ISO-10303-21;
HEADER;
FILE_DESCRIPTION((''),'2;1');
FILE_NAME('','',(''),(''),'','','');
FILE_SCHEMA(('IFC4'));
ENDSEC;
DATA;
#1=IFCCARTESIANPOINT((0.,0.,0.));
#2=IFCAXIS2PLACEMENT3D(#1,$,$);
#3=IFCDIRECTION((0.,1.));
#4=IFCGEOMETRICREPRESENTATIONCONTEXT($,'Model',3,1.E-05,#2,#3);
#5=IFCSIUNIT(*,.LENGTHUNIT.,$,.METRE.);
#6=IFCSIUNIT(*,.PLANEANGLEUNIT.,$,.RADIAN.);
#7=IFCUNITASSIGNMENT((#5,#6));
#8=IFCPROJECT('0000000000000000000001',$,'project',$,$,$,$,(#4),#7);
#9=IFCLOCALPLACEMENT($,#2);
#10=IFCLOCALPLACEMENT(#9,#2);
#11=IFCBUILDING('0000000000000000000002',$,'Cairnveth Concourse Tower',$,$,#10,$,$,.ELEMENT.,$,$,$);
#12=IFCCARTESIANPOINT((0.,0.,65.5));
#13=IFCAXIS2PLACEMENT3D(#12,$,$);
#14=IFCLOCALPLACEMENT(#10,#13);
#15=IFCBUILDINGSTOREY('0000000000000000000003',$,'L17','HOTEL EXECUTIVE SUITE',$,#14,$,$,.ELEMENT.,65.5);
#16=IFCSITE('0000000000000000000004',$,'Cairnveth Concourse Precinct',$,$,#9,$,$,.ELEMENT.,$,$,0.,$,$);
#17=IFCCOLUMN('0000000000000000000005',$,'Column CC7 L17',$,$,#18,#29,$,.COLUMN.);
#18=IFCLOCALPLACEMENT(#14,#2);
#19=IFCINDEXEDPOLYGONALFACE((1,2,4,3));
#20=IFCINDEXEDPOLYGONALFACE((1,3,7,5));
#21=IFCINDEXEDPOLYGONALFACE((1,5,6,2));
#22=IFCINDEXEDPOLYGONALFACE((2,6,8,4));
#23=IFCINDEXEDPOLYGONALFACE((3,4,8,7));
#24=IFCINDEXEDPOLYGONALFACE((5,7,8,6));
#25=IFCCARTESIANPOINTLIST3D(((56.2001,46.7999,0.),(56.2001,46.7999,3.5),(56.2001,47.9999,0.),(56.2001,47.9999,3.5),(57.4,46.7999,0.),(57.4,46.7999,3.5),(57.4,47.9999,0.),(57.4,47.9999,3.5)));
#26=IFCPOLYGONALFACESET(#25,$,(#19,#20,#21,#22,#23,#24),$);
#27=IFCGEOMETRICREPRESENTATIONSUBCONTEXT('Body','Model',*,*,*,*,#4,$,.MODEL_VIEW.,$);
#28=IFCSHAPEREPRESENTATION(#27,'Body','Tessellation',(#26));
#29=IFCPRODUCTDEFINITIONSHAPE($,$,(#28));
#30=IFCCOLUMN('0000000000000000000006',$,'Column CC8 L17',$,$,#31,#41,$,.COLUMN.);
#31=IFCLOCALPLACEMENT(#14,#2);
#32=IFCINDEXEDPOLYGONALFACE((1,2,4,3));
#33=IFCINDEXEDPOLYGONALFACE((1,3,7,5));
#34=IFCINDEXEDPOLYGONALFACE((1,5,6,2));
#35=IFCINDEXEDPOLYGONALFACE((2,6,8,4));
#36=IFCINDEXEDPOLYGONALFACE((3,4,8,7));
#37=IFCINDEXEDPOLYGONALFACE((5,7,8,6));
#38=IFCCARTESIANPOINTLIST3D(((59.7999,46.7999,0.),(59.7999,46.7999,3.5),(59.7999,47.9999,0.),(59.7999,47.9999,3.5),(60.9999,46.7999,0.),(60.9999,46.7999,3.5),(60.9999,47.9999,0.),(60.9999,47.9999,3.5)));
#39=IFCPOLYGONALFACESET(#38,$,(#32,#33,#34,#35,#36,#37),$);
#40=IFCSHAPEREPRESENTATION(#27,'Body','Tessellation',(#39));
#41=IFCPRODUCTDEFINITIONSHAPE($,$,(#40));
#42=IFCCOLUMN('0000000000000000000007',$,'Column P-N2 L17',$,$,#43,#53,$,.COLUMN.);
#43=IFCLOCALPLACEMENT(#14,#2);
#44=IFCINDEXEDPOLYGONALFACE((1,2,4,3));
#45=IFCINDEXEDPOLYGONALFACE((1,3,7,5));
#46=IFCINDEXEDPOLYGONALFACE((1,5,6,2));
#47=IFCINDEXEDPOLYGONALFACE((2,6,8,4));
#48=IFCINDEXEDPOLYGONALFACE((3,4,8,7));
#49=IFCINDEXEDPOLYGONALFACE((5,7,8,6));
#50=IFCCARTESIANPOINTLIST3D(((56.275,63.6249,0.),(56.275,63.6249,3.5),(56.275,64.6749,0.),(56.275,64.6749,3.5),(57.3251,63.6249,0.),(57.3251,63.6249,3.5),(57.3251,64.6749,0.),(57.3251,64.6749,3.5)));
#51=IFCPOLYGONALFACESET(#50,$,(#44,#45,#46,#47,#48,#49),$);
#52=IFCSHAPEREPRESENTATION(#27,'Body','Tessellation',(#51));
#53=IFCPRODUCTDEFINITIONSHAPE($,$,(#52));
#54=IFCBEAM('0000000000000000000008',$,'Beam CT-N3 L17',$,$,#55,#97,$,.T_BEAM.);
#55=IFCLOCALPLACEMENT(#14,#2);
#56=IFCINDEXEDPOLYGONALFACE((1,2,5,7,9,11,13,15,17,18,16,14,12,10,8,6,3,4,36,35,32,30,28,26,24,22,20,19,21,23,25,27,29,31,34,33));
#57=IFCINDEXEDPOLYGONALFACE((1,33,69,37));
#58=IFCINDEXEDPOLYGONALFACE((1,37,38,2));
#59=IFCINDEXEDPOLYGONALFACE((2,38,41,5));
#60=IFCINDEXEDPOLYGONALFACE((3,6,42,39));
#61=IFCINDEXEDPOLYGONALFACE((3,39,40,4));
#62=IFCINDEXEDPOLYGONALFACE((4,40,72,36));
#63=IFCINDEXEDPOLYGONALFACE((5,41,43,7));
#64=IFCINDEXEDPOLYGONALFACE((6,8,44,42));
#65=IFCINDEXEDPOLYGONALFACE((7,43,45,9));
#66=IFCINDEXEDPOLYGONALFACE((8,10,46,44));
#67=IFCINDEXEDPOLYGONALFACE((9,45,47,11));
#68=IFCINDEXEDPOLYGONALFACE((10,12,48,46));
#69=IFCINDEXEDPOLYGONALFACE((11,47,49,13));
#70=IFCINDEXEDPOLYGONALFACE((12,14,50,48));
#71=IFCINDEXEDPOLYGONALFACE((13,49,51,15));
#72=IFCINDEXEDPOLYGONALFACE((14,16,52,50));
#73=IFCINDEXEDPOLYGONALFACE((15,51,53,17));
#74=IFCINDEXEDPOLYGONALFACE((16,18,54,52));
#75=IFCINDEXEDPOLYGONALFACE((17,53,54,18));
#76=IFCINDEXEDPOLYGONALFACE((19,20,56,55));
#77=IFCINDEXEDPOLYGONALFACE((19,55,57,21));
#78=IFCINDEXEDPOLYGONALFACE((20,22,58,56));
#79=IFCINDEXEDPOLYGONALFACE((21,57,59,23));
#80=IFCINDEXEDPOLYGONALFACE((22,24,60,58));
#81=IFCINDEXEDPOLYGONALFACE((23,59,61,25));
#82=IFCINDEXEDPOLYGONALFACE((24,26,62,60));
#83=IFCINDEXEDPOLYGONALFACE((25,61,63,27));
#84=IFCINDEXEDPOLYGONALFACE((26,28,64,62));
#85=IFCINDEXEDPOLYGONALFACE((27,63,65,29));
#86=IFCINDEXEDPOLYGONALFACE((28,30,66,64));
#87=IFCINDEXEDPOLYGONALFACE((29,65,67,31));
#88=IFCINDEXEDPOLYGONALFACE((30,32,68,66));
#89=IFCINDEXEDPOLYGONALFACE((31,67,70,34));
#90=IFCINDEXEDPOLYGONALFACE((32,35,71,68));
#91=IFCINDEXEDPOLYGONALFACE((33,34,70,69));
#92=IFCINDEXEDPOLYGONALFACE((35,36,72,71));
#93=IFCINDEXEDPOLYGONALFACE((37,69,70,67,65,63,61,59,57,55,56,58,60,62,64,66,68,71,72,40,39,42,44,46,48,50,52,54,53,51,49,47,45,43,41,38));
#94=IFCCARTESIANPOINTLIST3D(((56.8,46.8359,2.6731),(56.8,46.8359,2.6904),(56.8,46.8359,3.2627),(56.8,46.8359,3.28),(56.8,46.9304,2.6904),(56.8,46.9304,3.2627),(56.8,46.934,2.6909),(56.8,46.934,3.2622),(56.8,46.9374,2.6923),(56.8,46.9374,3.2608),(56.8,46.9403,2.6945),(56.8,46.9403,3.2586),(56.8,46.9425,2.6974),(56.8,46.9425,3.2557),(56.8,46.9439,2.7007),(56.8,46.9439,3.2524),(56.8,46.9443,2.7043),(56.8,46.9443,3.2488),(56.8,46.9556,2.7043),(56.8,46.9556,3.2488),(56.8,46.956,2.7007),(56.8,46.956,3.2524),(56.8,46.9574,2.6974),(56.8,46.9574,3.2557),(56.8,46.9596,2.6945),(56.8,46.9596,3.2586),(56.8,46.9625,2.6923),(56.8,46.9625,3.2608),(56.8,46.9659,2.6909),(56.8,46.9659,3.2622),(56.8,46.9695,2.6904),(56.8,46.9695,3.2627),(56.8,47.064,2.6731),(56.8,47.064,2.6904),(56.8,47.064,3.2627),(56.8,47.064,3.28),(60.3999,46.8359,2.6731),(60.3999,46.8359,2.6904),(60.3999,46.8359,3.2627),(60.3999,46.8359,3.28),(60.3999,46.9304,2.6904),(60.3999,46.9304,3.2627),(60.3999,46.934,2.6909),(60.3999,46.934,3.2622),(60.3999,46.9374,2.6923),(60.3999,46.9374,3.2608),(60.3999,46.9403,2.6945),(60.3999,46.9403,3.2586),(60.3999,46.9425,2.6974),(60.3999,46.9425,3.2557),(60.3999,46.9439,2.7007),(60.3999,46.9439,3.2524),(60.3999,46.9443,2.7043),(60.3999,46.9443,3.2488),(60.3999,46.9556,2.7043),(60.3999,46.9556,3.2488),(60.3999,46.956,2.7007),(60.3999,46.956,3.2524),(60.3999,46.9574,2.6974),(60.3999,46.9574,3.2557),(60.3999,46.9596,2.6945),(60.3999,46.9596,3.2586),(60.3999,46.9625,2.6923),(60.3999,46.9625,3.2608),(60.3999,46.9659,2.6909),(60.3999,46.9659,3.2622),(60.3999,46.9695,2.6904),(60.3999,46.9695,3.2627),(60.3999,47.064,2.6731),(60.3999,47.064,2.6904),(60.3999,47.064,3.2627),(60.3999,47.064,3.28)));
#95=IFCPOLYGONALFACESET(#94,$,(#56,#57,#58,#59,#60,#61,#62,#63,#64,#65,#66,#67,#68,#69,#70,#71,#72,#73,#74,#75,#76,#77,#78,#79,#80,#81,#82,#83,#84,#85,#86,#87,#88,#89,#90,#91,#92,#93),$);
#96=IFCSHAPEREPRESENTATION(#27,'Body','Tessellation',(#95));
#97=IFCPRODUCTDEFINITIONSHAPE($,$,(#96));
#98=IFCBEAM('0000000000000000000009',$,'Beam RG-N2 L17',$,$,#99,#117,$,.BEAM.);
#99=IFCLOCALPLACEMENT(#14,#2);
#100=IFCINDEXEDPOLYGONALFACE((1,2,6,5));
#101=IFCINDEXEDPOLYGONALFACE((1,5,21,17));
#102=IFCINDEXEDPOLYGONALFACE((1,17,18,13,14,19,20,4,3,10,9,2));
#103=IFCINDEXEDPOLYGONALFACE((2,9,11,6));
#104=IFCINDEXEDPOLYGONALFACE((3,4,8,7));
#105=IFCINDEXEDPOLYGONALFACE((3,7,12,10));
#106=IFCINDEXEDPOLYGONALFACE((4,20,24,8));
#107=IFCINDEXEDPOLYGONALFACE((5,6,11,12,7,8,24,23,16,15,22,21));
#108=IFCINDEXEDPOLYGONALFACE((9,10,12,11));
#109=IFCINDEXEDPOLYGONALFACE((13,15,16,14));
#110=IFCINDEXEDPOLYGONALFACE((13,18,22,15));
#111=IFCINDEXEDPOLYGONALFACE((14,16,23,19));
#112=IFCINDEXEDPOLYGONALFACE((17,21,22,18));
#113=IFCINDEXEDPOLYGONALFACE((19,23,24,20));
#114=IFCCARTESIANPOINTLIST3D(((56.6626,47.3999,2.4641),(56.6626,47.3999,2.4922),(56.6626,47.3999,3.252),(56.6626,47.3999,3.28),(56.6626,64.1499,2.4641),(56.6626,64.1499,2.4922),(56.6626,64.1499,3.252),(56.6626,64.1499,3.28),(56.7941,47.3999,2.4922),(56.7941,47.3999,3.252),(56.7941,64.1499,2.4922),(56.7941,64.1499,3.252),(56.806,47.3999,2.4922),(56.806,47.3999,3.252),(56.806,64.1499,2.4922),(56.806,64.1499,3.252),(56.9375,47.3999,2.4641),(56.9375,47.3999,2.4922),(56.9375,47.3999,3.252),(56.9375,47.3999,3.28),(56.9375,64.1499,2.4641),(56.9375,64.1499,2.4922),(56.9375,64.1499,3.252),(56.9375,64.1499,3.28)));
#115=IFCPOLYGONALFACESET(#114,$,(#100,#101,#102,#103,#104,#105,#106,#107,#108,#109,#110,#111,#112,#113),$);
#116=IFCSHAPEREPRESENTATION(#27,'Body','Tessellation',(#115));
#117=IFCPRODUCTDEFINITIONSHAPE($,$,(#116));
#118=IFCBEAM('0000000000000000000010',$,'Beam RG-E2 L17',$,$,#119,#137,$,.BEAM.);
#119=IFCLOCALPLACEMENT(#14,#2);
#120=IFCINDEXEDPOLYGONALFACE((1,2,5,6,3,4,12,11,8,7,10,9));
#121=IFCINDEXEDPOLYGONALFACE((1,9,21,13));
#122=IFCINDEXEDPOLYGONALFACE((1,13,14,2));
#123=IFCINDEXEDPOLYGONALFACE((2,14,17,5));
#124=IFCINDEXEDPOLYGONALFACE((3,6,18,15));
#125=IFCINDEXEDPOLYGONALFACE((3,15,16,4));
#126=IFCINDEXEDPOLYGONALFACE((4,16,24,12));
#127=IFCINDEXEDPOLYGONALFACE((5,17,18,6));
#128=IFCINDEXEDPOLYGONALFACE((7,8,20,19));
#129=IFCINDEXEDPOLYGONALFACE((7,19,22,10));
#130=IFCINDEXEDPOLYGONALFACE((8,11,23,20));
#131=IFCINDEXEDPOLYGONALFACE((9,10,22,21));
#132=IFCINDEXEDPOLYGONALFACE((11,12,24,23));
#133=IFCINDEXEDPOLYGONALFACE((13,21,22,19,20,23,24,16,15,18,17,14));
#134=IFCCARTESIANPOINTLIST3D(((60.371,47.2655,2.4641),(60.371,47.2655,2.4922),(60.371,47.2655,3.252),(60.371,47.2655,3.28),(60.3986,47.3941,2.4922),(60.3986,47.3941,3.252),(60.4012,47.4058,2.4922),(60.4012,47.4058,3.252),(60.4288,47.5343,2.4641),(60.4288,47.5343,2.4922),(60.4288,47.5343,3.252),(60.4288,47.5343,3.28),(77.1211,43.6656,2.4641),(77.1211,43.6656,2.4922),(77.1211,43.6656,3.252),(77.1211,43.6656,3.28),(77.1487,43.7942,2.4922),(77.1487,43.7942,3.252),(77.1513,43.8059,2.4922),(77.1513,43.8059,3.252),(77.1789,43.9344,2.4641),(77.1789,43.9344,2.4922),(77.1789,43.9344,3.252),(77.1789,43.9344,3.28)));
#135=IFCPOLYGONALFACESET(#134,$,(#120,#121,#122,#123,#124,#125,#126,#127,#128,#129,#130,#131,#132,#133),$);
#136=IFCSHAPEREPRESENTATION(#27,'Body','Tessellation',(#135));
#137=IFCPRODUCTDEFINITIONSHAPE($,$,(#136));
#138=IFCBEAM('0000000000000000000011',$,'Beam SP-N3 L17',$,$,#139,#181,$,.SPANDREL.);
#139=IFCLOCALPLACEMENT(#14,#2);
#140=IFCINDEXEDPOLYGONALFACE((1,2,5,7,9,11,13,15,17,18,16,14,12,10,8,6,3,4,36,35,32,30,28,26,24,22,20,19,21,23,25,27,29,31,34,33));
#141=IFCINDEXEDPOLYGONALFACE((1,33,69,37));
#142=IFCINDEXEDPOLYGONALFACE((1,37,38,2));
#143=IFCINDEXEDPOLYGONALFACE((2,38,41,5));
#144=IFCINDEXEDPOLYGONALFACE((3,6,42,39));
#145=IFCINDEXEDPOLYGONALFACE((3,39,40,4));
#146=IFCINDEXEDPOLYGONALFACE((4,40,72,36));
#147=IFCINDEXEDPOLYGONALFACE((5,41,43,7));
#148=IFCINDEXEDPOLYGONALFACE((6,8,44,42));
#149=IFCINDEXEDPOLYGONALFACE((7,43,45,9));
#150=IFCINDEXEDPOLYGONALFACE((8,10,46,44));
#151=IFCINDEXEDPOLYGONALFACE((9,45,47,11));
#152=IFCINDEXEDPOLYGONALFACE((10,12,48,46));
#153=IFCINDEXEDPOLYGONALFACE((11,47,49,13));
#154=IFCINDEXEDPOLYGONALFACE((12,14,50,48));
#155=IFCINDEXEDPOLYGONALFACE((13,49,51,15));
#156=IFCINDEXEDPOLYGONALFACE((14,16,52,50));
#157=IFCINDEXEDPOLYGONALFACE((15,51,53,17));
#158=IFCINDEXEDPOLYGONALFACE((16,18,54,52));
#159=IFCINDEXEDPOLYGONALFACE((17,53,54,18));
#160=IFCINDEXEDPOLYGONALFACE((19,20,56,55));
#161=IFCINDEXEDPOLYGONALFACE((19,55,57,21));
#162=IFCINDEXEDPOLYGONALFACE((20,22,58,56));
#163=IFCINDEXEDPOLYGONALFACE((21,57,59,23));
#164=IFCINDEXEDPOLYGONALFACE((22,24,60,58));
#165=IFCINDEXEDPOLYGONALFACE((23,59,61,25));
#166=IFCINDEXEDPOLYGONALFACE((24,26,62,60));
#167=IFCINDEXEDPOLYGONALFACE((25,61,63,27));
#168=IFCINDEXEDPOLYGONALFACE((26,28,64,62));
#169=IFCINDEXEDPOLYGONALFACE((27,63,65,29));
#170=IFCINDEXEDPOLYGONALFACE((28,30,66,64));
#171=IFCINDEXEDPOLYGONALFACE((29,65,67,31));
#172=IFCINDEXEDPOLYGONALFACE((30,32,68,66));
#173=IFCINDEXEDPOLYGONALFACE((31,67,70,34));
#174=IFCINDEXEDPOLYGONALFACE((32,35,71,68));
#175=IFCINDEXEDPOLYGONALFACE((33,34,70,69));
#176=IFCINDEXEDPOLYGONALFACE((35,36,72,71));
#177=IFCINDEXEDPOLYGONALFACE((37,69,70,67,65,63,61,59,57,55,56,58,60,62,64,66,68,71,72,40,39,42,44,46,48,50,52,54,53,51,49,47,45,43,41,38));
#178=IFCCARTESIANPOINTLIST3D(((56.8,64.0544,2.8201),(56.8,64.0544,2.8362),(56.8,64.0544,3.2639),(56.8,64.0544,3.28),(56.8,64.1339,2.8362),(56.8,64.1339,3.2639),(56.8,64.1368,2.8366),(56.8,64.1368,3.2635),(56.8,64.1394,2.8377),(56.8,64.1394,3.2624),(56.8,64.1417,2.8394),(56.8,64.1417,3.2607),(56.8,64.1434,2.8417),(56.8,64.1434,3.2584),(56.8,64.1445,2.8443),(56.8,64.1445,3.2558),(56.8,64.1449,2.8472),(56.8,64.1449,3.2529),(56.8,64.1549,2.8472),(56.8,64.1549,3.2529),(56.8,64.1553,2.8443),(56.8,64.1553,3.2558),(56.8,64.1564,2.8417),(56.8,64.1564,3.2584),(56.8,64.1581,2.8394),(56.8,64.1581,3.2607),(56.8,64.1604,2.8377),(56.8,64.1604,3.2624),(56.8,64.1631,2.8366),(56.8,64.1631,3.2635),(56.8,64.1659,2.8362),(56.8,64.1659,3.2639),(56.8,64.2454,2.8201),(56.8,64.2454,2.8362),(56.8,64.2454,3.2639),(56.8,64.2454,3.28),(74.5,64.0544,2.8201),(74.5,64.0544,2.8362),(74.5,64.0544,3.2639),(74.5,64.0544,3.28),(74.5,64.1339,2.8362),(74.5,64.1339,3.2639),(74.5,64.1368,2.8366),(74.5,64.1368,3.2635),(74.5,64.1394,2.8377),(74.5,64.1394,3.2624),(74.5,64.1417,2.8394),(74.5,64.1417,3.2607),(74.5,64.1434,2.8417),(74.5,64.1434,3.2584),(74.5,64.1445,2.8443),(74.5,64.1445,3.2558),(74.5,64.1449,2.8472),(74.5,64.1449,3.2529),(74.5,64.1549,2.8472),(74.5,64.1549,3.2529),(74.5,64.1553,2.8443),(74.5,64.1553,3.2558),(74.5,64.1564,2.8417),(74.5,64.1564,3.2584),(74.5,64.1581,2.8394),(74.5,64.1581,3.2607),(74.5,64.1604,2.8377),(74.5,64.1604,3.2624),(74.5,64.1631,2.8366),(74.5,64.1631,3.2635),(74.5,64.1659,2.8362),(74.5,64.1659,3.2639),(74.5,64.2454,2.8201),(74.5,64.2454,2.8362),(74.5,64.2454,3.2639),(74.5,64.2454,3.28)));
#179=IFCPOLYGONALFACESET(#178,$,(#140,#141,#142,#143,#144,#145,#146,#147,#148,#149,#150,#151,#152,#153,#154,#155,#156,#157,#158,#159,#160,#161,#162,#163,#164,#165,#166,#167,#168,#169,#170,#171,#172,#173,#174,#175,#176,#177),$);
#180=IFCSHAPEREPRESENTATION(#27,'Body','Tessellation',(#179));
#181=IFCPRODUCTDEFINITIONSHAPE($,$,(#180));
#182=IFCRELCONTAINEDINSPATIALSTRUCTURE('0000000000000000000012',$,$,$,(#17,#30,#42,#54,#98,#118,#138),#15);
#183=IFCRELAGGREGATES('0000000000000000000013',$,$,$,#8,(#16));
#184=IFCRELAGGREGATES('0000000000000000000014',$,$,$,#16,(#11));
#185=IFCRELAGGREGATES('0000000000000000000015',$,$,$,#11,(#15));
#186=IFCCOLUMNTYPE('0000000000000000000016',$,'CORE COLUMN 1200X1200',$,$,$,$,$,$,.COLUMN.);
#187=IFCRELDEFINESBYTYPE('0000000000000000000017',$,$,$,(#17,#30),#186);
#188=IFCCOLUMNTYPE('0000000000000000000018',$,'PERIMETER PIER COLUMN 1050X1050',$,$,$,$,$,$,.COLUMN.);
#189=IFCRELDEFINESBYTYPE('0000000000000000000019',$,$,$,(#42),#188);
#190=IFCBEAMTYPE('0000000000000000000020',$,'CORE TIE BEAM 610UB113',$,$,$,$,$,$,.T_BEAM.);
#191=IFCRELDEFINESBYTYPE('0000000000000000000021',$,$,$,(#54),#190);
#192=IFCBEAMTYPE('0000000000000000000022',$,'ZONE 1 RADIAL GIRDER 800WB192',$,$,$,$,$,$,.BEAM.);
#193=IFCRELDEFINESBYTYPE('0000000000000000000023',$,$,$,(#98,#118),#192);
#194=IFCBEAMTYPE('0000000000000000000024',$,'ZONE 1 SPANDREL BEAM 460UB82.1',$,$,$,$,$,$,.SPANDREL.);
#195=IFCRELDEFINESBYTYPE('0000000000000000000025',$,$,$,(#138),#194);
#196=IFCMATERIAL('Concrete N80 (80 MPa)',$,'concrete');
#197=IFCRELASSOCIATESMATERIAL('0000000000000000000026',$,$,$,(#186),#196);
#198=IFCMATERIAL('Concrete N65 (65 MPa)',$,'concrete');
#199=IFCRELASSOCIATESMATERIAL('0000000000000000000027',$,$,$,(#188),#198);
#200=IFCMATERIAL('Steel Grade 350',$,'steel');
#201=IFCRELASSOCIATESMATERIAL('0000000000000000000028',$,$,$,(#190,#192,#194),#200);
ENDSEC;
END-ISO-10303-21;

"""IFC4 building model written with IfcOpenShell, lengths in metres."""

from ifc_helpers import new_model, si_unit, direction, frame, origin, origin_2d, place, context, subcontext, project, spatial, rectangle, i_section, extrude, material, material_profile, profile_set, type_object, element, save


model = new_model("IFC4")

# Units and contexts
model_context = context("Model", 3, precision=1e-05, world=origin(), true_north=direction((0.0, 1.0)))
body_context = subcontext(model_context, "Body", "Model", "MODEL_VIEW")
ifc_project = project(units=[si_unit("LENGTHUNIT", "METRE"), si_unit("PLANEANGLEUNIT", "RADIAN")], contexts=[model_context])

# Site, building, storey
site_placement = place(None, origin())
site = spatial("IfcSite", under=ifc_project, at=site_placement, Name="Cairnveth Concourse Precinct", CompositionType="ELEMENT", RefElevation=0.0)
building_placement = place(site_placement, origin())
building = spatial("IfcBuilding", under=site, at=building_placement, Name="Cairnveth Concourse Tower", CompositionType="ELEMENT")
storey_placement = place(building_placement, frame((0.0, 0.0, 65.5)))
storey = spatial("IfcBuildingStorey", under=building, at=storey_placement, Name="L17", Description="HOTEL EXECUTIVE SUITE", CompositionType="ELEMENT", Elevation=65.5)

# Columns
ifc_material_1 = material(Name="Concrete N80 (80 MPa)", Category="concrete")
ifc_material_profile_1 = material_profile(ifc_material_1, rectangle(XDim=1.2, YDim=1.2, at=origin_2d()), Name="RC-COL-1200x1200")
ifc_profile_set_1 = profile_set([ifc_material_profile_1], Name="Concrete N80 (80 MPa)")
column_type_1 = type_object("IfcColumnType", Name="CORE COLUMN 1200X1200", PredefinedType="COLUMN", material=ifc_profile_set_1)
for number, where, z_axis, x_axis, name in (
    (1, (56.8, 47.3999, 0.0), (0.0, 0.0, 1.0), (1.0, 0.0, 0.0), "Column CC7 L17"),
    (2, (60.3999, 47.3999, 0.0), (0.0, 0.0, 1.0), (1.0, 0.0, 0.0), "Column CC8 L17"),
):
    element("IfcColumn", number, at=place(storey_placement, frame(where, z_axis=z_axis, x_axis=x_axis)), inside=storey, type_object=column_type_1, Name=name, PredefinedType="COLUMN", context=body_context, shape_type="SweptSolid", body=[
        extrude(rectangle(XDim=1.2, YDim=1.2, at=origin_2d()), origin(), (0.0, 0.0, 1.0), 3.5),
    ])
ifc_material_2 = material(Name="Concrete N65 (65 MPa)", Category="concrete")
ifc_material_profile_2 = material_profile(ifc_material_2, rectangle(XDim=1.05, YDim=1.05, at=origin_2d()), Name="RC-COL-1050x1050")
ifc_profile_set_2 = profile_set([ifc_material_profile_2], Name="Concrete N65 (65 MPa)")
column_type_2 = type_object("IfcColumnType", Name="PERIMETER PIER COLUMN 1050X1050", PredefinedType="COLUMN", material=ifc_profile_set_2)
column_placement = place(storey_placement, frame((56.8, 64.1499, 0.0), z_axis=(0.0, 0.0, 1.0), x_axis=(1.0, 0.0, 0.0)))
element("IfcColumn", 3, at=column_placement, inside=storey, type_object=column_type_2, Name="Column P-N2 L17", PredefinedType="COLUMN", context=body_context, shape_type="SweptSolid", body=[
    extrude(rectangle(XDim=1.05, YDim=1.05, at=origin_2d()), origin(), (0.0, 0.0, 1.0), 3.5),
])

# Beams
ifc_material_3 = material(Name="Steel Grade 350", Category="steel")
ifc_material_profile_3 = material_profile(ifc_material_3, i_section(OverallWidth=0.228, OverallDepth=0.6069, WebThickness=0.0112, FlangeThickness=0.0173, FilletRadius=0.0139, at=origin_2d()), Name="610UB113")
ifc_profile_set_3 = profile_set([ifc_material_profile_3], Name="Steel Grade 350")
beam_type_1 = type_object("IfcBeamType", Name="CORE TIE BEAM 610UB113", PredefinedType="T_BEAM", material=ifc_profile_set_3)
beam_1_placement = place(storey_placement, frame((56.8, 46.95, 2.9766), z_axis=(1.0, 0.0, 0.0), x_axis=(0.0, 1.0, 0.0)))
element("IfcBeam", 4, at=beam_1_placement, inside=storey, type_object=beam_type_1, Name="Beam CT-N3 L17", PredefinedType="T_BEAM", context=body_context, shape_type="SweptSolid", body=[
    extrude(i_section(OverallWidth=0.228, OverallDepth=0.6069, WebThickness=0.0112, FlangeThickness=0.0173, FilletRadius=0.0139, at=origin_2d()), origin(), (0.0, 0.0, 1.0), 3.5999),
])
ifc_material_profile_4 = material_profile(ifc_material_3, i_section(OverallWidth=0.2749, OverallDepth=0.8159, WebThickness=0.012, FlangeThickness=0.0281, at=origin_2d()), Name="800WB192")
ifc_profile_set_4 = profile_set([ifc_material_profile_4], Name="Steel Grade 350")
beam_type_2 = type_object("IfcBeamType", Name="ZONE 1 RADIAL GIRDER 800WB192", PredefinedType="BEAM", material=ifc_profile_set_4)
beam_2_placement = place(storey_placement, frame((56.8, 47.3999, 2.8721), z_axis=(0.0, 1.0, 0.0), x_axis=(-1.0, 0.0, 0.0)))
element("IfcBeam", 5, at=beam_2_placement, inside=storey, type_object=beam_type_2, Name="Beam RG-N2 L17", PredefinedType="BEAM", context=body_context, shape_type="SweptSolid", body=[
    extrude(i_section(OverallWidth=0.2749, OverallDepth=0.8159, WebThickness=0.012, FlangeThickness=0.0281, at=origin_2d()), origin(), (0.0, 0.0, 1.0), 16.75),
])
beam_3_placement = place(storey_placement, frame((60.3999, 47.3999, 2.8721), z_axis=(0.977676, -0.210119, 0.0), x_axis=(0.210119, 0.977676, 0.0)))
element("IfcBeam", 6, at=beam_3_placement, inside=storey, type_object=beam_type_2, Name="Beam RG-E2 L17", PredefinedType="BEAM", context=body_context, shape_type="SweptSolid", body=[
    extrude(i_section(OverallWidth=0.2749, OverallDepth=0.8159, WebThickness=0.012, FlangeThickness=0.0281, at=origin_2d()), origin(), (0.0, 0.0, 1.0), 17.1326),
])
ifc_material_profile_5 = material_profile(ifc_material_3, i_section(OverallWidth=0.1909, OverallDepth=0.46, WebThickness=0.01, FlangeThickness=0.0161, FilletRadius=0.011, at=origin_2d()), Name="460UB82.1")
ifc_profile_set_5 = profile_set([ifc_material_profile_5], Name="Steel Grade 350")
beam_type_3 = type_object("IfcBeamType", Name="ZONE 1 SPANDREL BEAM 460UB82.1", PredefinedType="SPANDREL", material=ifc_profile_set_5)
beam_4_placement = place(storey_placement, frame((56.8, 64.1499, 3.05), z_axis=(1.0, 0.0, 0.0), x_axis=(0.0, 1.0, 0.0)))
element("IfcBeam", 7, at=beam_4_placement, inside=storey, type_object=beam_type_3, Name="Beam SP-N3 L17", PredefinedType="SPANDREL", context=body_context, shape_type="SweptSolid", body=[
    extrude(i_section(OverallWidth=0.1909, OverallDepth=0.46, WebThickness=0.01, FlangeThickness=0.0161, FilletRadius=0.011, at=origin_2d()), origin(), (0.0, 0.0, 1.0), 17.7),
])

save(model, "model.ifc")
